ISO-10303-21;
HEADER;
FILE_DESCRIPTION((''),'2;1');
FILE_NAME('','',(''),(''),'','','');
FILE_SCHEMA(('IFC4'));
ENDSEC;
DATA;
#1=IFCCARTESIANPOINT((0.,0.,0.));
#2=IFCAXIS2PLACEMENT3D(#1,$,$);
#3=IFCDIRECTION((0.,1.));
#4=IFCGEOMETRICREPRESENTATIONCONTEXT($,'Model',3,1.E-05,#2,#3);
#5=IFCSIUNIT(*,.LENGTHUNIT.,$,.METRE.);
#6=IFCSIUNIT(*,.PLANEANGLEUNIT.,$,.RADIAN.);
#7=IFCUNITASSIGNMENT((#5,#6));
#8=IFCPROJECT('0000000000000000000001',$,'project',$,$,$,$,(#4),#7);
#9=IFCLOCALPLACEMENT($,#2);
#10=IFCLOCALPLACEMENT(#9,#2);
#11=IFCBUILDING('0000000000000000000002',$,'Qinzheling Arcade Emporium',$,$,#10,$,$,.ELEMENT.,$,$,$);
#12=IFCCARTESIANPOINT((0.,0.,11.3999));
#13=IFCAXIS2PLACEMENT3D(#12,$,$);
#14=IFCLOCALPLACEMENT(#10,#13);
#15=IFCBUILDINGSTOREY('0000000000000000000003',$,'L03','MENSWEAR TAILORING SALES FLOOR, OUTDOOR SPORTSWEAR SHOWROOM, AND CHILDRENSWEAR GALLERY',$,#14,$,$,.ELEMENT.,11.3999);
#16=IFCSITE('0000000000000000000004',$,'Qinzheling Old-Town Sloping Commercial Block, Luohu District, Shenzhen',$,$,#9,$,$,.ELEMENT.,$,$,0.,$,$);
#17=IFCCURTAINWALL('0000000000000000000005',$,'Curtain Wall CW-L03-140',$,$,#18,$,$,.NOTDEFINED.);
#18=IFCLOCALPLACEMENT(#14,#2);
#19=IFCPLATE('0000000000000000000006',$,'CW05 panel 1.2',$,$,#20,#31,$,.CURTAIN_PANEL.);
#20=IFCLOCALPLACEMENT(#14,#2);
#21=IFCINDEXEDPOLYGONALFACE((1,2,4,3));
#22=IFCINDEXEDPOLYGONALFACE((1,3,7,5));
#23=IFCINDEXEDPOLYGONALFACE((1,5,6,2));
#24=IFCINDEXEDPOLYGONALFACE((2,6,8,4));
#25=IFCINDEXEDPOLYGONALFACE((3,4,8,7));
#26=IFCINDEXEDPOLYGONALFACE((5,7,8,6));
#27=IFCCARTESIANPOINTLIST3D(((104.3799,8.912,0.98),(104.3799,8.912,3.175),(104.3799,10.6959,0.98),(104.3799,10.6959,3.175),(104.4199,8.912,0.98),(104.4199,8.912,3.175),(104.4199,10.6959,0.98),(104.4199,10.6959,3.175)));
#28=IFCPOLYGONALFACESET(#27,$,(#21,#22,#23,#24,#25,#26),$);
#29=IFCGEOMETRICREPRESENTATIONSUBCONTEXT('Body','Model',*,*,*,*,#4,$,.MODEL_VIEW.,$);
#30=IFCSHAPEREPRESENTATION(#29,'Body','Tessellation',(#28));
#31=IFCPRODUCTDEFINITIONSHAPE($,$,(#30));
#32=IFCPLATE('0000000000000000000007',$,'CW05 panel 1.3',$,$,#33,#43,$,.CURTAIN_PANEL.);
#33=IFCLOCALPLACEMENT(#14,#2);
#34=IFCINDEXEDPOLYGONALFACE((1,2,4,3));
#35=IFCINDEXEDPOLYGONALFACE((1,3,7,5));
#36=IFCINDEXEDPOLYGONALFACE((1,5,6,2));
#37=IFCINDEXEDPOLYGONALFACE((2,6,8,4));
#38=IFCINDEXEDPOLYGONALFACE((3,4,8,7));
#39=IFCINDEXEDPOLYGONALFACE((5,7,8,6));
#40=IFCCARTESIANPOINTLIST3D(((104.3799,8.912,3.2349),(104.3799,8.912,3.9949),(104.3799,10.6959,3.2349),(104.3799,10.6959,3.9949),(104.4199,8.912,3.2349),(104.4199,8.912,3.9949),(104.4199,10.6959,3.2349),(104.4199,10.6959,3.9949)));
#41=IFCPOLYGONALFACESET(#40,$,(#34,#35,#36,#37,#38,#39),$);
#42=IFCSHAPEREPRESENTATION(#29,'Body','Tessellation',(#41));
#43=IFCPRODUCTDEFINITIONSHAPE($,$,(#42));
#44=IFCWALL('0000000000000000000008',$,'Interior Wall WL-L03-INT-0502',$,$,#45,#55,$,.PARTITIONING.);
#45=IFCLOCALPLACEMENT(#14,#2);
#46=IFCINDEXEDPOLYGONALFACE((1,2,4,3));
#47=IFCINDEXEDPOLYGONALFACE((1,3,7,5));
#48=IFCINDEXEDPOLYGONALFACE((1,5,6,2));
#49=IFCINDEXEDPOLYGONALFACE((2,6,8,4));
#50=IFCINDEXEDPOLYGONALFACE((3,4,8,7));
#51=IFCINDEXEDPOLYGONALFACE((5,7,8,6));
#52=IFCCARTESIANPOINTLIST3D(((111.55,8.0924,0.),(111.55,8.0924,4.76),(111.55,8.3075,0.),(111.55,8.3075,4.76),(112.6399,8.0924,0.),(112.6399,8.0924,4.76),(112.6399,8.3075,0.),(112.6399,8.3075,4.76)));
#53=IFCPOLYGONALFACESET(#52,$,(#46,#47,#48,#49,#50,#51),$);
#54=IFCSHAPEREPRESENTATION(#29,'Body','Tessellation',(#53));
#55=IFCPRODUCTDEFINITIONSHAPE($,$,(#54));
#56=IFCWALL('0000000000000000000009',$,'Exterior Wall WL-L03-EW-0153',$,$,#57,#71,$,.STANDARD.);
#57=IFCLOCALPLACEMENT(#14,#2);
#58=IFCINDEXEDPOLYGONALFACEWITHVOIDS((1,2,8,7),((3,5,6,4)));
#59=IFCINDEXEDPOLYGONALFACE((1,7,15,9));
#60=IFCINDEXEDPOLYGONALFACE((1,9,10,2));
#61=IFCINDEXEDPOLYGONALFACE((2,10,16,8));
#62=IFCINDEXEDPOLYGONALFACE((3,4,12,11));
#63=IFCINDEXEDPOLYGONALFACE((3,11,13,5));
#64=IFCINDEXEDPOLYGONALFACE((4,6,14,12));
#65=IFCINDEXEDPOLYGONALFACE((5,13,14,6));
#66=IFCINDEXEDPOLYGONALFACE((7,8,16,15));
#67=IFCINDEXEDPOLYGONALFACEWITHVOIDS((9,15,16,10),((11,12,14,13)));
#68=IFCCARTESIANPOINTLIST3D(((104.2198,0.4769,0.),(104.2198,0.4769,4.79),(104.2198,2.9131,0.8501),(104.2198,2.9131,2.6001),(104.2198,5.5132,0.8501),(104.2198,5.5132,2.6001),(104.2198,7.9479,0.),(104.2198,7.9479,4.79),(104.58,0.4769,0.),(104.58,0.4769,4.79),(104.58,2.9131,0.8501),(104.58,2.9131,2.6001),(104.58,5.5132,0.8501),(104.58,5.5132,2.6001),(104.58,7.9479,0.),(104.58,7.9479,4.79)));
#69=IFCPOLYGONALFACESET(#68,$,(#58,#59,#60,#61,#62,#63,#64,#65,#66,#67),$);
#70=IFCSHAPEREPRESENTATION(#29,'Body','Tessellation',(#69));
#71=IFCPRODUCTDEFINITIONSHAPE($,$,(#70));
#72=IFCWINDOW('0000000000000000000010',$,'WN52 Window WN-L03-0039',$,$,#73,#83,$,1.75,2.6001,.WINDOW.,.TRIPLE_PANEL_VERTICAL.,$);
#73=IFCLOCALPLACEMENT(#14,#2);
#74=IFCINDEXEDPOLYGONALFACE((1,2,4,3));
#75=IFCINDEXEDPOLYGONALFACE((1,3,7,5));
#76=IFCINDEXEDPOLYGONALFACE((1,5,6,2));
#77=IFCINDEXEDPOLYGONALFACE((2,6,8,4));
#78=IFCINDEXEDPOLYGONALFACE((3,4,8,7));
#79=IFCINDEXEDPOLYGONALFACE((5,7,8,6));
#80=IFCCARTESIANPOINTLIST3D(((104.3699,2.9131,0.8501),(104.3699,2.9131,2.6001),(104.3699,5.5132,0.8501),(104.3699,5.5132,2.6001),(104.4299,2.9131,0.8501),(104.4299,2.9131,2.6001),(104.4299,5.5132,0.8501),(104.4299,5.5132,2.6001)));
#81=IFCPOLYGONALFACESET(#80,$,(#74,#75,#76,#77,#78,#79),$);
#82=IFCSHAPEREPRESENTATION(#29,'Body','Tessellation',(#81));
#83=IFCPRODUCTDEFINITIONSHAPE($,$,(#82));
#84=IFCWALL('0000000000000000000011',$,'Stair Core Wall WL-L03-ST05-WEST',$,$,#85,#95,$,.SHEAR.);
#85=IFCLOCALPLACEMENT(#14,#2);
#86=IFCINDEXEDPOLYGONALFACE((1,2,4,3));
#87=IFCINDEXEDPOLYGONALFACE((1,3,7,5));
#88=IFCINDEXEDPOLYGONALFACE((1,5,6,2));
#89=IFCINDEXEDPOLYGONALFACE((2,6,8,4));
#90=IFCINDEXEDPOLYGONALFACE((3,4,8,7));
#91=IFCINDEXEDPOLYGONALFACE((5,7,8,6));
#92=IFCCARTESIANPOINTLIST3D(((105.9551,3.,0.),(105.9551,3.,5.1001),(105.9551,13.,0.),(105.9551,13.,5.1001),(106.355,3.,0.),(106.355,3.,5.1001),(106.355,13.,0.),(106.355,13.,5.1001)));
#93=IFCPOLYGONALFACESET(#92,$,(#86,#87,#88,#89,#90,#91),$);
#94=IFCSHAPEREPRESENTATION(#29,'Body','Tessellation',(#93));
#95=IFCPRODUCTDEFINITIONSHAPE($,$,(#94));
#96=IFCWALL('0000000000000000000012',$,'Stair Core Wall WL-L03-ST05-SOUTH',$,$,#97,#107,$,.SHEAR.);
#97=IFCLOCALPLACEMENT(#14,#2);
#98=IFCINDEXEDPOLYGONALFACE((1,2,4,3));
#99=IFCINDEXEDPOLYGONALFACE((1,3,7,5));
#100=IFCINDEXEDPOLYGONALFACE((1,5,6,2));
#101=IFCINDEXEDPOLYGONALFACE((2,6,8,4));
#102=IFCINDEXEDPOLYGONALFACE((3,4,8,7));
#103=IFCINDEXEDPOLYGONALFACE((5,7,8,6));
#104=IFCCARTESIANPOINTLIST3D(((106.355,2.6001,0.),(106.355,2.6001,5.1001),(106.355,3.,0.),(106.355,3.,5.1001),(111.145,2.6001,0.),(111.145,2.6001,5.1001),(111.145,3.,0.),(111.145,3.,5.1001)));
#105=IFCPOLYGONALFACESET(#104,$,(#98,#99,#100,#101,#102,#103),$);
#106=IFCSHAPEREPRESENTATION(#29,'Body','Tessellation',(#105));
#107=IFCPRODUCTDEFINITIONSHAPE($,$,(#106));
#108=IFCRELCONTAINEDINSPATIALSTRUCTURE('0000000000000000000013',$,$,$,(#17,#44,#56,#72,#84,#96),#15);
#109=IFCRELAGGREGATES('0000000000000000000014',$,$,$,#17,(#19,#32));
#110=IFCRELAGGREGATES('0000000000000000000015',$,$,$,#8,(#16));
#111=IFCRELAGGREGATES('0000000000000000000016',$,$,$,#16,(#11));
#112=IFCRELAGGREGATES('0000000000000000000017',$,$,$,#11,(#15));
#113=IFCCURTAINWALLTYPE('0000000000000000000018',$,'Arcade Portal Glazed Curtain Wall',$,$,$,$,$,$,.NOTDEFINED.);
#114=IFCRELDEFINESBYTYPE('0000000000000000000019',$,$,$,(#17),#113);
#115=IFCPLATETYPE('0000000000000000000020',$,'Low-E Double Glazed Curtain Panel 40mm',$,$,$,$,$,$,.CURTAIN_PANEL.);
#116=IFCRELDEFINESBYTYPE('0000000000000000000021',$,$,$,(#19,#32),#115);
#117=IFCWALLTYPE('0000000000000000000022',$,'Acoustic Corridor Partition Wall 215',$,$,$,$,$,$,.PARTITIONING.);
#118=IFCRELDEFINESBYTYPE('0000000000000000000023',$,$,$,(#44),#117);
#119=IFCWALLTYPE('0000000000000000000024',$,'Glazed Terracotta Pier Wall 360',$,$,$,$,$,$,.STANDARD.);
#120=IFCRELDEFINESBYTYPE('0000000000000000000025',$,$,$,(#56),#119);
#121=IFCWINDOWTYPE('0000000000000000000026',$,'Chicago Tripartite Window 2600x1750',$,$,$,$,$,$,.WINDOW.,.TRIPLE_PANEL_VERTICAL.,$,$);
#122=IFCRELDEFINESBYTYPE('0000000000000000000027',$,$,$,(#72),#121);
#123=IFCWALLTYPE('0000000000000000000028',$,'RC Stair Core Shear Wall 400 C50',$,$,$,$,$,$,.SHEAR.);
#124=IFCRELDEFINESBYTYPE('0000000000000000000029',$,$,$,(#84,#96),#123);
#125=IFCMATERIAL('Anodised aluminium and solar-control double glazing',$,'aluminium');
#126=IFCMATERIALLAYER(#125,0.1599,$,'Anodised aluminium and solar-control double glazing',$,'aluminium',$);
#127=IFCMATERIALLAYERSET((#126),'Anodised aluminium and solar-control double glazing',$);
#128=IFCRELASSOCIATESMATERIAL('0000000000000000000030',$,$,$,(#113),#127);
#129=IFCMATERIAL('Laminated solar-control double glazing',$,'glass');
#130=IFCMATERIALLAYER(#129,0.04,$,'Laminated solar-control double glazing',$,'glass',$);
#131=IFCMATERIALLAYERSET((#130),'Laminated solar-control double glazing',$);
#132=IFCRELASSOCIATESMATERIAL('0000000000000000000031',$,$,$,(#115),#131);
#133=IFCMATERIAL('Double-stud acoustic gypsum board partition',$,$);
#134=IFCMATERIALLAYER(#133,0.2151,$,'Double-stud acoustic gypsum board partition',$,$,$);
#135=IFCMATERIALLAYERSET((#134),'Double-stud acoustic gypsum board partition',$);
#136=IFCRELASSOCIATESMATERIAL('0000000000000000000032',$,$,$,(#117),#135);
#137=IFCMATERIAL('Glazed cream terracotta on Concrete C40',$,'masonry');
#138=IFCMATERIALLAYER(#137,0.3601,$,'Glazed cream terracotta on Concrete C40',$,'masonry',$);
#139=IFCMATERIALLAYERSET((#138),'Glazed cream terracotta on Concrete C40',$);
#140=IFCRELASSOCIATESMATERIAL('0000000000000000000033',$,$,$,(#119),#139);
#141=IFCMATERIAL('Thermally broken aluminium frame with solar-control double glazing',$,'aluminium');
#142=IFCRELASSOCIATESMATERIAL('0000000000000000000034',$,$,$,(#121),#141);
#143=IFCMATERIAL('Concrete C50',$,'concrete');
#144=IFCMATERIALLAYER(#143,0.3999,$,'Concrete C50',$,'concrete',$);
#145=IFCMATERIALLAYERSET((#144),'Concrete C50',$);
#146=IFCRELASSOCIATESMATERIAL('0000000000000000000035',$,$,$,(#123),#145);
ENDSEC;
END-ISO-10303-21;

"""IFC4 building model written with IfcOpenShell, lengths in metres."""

from ifc_helpers import new_model, si_unit, direction, frame, frame_2d, origin, origin_2d, place, context, subcontext, project, spatial, rectangle, extrude, material, layer, layer_set, type_object, element, fill, aggregate, save


model = new_model("IFC4")

# Units and contexts
model_context = context("Model", 3, precision=1e-05, world=origin(), true_north=direction((0.0, 1.0)))
body_context = subcontext(model_context, "Body", "Model", "MODEL_VIEW")
ifc_project = project(units=[si_unit("LENGTHUNIT", "METRE"), si_unit("PLANEANGLEUNIT", "RADIAN")], contexts=[model_context])

# Site, building, storey
site_placement = place(None, origin())
site = spatial("IfcSite", under=ifc_project, at=site_placement, Name="Qinzheling Old-Town Sloping Commercial Block, Luohu District, Shenzhen", CompositionType="ELEMENT", RefElevation=0.0)
building_placement = place(site_placement, origin())
building = spatial("IfcBuilding", under=site, at=building_placement, Name="Qinzheling Arcade Emporium", CompositionType="ELEMENT")
storey_placement = place(building_placement, frame((0.0, 0.0, 11.3999)))
storey = spatial("IfcBuildingStorey", under=building, at=storey_placement, Name="L03", Description="MENSWEAR TAILORING SALES FLOOR, OUTDOOR SPORTSWEAR SHOWROOM, AND CHILDRENSWEAR GALLERY", CompositionType="ELEMENT", Elevation=11.3999)

# Shared definitions
ifc_material_1 = material(Name="Concrete C50", Category="concrete")

# Curtain wall
ifc_material_2 = material(Name="Anodised aluminium and solar-control double glazing", Category="aluminium")
ifc_layer_1 = layer(ifc_material_2, 0.1599, Name="Anodised aluminium and solar-control double glazing", Category="aluminium")
ifc_layer_set_1 = layer_set([ifc_layer_1], Name="Anodised aluminium and solar-control double glazing")
curtain_wall_type = type_object("IfcCurtainWallType", Name="Arcade Portal Glazed Curtain Wall", PredefinedType="NOTDEFINED", material=ifc_layer_set_1)
curtain_wall_placement = place(storey_placement, origin())
curtain_wall = element("IfcCurtainWall", 1, at=curtain_wall_placement, inside=storey, type_object=curtain_wall_type, Name="Curtain Wall CW-L03-140", PredefinedType="NOTDEFINED")

# Plates
ifc_material_3 = material(Name="Laminated solar-control double glazing", Category="glass")
ifc_layer_2 = layer(ifc_material_3, 0.04, Name="Laminated solar-control double glazing", Category="glass")
ifc_layer_set_2 = layer_set([ifc_layer_2], Name="Laminated solar-control double glazing")
plate_type = type_object("IfcPlateType", Name="Low-E Double Glazed Curtain Panel 40mm", PredefinedType="CURTAIN_PANEL", material=ifc_layer_set_2)
plate_1_placement = place(storey_placement, frame((104.3999, 9.804, 0.98), z_axis=(0.0, 0.0, 1.0), x_axis=(0.0, 1.0, 0.0)))
plate_1 = element("IfcPlate", 2, at=plate_1_placement, type_object=plate_type, Name="CW05 panel 1.2", PredefinedType="CURTAIN_PANEL", context=body_context, shape_type="SweptSolid", body=[
    extrude(rectangle(XDim=1.7839, YDim=0.04, at=origin_2d()), origin(), (0.0, 0.0, 1.0), 2.1951),
])
plate_2_placement = place(storey_placement, frame((104.3999, 9.804, 3.2349), z_axis=(0.0, 0.0, 1.0), x_axis=(0.0, 1.0, 0.0)))
plate_2 = element("IfcPlate", 3, at=plate_2_placement, type_object=plate_type, Name="CW05 panel 1.3", PredefinedType="CURTAIN_PANEL", context=body_context, shape_type="SweptSolid", body=[
    extrude(rectangle(XDim=1.7839, YDim=0.04, at=origin_2d()), origin(), (0.0, 0.0, 1.0), 0.76),
])
aggregate(curtain_wall, [plate_1, plate_2])

# Wall
ifc_material_4 = material(Name="Double-stud acoustic gypsum board partition")
ifc_layer_3 = layer(ifc_material_4, 0.2151, Name="Double-stud acoustic gypsum board partition")
ifc_layer_set_3 = layer_set([ifc_layer_3], Name="Double-stud acoustic gypsum board partition")
wall_type_1 = type_object("IfcWallType", Name="Acoustic Corridor Partition Wall 215", PredefinedType="PARTITIONING", material=ifc_layer_set_3)
wall_1_placement = place(storey_placement, frame((111.55, 8.2, 0.0), z_axis=(0.0, 0.0, 1.0), x_axis=(1.0, 0.0, 0.0)))
element("IfcWall", 4, at=wall_1_placement, inside=storey, type_object=wall_type_1, Name="Interior Wall WL-L03-INT-0502", PredefinedType="PARTITIONING", context=body_context, shape_type="SweptSolid", body=[
    extrude(rectangle(XDim=1.0898, YDim=0.2151, at=frame_2d((0.5449, 0.0))), origin(), (0.0, 0.0, 1.0), 4.76),
])

# Wall, opening, window
ifc_material_5 = material(Name="Glazed cream terracotta on Concrete C40", Category="masonry")
ifc_layer_4 = layer(ifc_material_5, 0.3601, Name="Glazed cream terracotta on Concrete C40", Category="masonry")
ifc_layer_set_4 = layer_set([ifc_layer_4], Name="Glazed cream terracotta on Concrete C40")
wall_type_2 = type_object("IfcWallType", Name="Glazed Terracotta Pier Wall 360", PredefinedType="STANDARD", material=ifc_layer_set_4)
wall_2_placement = place(storey_placement, frame((104.3999, 0.4771, 0.0), z_axis=(0.0, 0.0, 1.0), x_axis=(0.0, 1.0, 0.0)))
wall_2 = element("IfcWall", 5, at=wall_2_placement, inside=storey, type_object=wall_type_2, Name="Exterior Wall WL-L03-EW-0153", PredefinedType="STANDARD", context=body_context, shape_type="SweptSolid", body=[
    extrude(rectangle(XDim=7.4709, YDim=0.3601, at=frame_2d((3.7354, 0.0))), origin(), (0.0, 0.0, 1.0), 4.79),
])
opening_placement = place(wall_2_placement, frame((2.436, 0.0, 0.8501)))
opening = element("IfcOpeningElement", 6, at=opening_placement, cuts=wall_2, PredefinedType="OPENING", context=body_context, shape_type="SweptSolid", body=[
    extrude(rectangle(XDim=2.6001, YDim=1.75, at=frame_2d((1.3, 0.875))), frame((0.0, 0.1899, 0.0), z_axis=(0.0, -1.0, 0.0), x_axis=(1.0, 0.0, 0.0)), (0.0, 0.0, 1.0), 0.3801),
])
ifc_material_6 = material(Name="Thermally broken aluminium frame with solar-control double glazing", Category="aluminium")
window_type = type_object("IfcWindowType", Name="Chicago Tripartite Window 2600x1750", PartitioningType="TRIPLE_PANEL_VERTICAL", PredefinedType="WINDOW", material=ifc_material_6)
window_placement = place(opening_placement, origin())
window = element("IfcWindow", 7, at=window_placement, inside=storey, type_object=window_type, Name="WN52 Window WN-L03-0039", OverallHeight=1.75, OverallWidth=2.6001, PartitioningType="TRIPLE_PANEL_VERTICAL", PredefinedType="WINDOW", context=body_context, shape_type="SweptSolid", body=[
    extrude(rectangle(XDim=2.6001, YDim=1.75, at=frame_2d((1.3, 0.875))), frame((0.0, 0.03, 0.0), z_axis=(0.0, -1.0, 0.0), x_axis=(1.0, 0.0, 0.0)), (0.0, 0.0, 1.0), 0.0601),
])
fill(opening, window)

# Walls
ifc_layer_5 = layer(ifc_material_1, 0.3999, Name="Concrete C50", Category="concrete")
ifc_layer_set_5 = layer_set([ifc_layer_5], Name="Concrete C50")
wall_type_3 = type_object("IfcWallType", Name="RC Stair Core Shear Wall 400 C50", PredefinedType="SHEAR", material=ifc_layer_set_5)
wall_3_placement = place(storey_placement, frame((106.155, 3.0, 0.0), z_axis=(0.0, 0.0, 1.0), x_axis=(0.0, 1.0, 0.0)))
element("IfcWall", 8, at=wall_3_placement, inside=storey, type_object=wall_type_3, Name="Stair Core Wall WL-L03-ST05-WEST", PredefinedType="SHEAR", context=body_context, shape_type="SweptSolid", body=[
    extrude(rectangle(XDim=10.0, YDim=0.3999, at=frame_2d((5.0, 0.0))), origin(), (0.0, 0.0, 1.0), 5.1001),
])
wall_4_placement = place(storey_placement, frame((111.145, 2.8, 0.0), z_axis=(0.0, 0.0, 1.0), x_axis=(-1.0, 0.0, 0.0)))
element("IfcWall", 9, at=wall_4_placement, inside=storey, type_object=wall_type_3, Name="Stair Core Wall WL-L03-ST05-SOUTH", PredefinedType="SHEAR", context=body_context, shape_type="SweptSolid", body=[
    extrude(rectangle(XDim=4.79, YDim=0.3999, at=frame_2d((2.395, 0.0))), origin(), (0.0, 0.0, 1.0), 5.1001),
])

save(model, "model.ifc")
